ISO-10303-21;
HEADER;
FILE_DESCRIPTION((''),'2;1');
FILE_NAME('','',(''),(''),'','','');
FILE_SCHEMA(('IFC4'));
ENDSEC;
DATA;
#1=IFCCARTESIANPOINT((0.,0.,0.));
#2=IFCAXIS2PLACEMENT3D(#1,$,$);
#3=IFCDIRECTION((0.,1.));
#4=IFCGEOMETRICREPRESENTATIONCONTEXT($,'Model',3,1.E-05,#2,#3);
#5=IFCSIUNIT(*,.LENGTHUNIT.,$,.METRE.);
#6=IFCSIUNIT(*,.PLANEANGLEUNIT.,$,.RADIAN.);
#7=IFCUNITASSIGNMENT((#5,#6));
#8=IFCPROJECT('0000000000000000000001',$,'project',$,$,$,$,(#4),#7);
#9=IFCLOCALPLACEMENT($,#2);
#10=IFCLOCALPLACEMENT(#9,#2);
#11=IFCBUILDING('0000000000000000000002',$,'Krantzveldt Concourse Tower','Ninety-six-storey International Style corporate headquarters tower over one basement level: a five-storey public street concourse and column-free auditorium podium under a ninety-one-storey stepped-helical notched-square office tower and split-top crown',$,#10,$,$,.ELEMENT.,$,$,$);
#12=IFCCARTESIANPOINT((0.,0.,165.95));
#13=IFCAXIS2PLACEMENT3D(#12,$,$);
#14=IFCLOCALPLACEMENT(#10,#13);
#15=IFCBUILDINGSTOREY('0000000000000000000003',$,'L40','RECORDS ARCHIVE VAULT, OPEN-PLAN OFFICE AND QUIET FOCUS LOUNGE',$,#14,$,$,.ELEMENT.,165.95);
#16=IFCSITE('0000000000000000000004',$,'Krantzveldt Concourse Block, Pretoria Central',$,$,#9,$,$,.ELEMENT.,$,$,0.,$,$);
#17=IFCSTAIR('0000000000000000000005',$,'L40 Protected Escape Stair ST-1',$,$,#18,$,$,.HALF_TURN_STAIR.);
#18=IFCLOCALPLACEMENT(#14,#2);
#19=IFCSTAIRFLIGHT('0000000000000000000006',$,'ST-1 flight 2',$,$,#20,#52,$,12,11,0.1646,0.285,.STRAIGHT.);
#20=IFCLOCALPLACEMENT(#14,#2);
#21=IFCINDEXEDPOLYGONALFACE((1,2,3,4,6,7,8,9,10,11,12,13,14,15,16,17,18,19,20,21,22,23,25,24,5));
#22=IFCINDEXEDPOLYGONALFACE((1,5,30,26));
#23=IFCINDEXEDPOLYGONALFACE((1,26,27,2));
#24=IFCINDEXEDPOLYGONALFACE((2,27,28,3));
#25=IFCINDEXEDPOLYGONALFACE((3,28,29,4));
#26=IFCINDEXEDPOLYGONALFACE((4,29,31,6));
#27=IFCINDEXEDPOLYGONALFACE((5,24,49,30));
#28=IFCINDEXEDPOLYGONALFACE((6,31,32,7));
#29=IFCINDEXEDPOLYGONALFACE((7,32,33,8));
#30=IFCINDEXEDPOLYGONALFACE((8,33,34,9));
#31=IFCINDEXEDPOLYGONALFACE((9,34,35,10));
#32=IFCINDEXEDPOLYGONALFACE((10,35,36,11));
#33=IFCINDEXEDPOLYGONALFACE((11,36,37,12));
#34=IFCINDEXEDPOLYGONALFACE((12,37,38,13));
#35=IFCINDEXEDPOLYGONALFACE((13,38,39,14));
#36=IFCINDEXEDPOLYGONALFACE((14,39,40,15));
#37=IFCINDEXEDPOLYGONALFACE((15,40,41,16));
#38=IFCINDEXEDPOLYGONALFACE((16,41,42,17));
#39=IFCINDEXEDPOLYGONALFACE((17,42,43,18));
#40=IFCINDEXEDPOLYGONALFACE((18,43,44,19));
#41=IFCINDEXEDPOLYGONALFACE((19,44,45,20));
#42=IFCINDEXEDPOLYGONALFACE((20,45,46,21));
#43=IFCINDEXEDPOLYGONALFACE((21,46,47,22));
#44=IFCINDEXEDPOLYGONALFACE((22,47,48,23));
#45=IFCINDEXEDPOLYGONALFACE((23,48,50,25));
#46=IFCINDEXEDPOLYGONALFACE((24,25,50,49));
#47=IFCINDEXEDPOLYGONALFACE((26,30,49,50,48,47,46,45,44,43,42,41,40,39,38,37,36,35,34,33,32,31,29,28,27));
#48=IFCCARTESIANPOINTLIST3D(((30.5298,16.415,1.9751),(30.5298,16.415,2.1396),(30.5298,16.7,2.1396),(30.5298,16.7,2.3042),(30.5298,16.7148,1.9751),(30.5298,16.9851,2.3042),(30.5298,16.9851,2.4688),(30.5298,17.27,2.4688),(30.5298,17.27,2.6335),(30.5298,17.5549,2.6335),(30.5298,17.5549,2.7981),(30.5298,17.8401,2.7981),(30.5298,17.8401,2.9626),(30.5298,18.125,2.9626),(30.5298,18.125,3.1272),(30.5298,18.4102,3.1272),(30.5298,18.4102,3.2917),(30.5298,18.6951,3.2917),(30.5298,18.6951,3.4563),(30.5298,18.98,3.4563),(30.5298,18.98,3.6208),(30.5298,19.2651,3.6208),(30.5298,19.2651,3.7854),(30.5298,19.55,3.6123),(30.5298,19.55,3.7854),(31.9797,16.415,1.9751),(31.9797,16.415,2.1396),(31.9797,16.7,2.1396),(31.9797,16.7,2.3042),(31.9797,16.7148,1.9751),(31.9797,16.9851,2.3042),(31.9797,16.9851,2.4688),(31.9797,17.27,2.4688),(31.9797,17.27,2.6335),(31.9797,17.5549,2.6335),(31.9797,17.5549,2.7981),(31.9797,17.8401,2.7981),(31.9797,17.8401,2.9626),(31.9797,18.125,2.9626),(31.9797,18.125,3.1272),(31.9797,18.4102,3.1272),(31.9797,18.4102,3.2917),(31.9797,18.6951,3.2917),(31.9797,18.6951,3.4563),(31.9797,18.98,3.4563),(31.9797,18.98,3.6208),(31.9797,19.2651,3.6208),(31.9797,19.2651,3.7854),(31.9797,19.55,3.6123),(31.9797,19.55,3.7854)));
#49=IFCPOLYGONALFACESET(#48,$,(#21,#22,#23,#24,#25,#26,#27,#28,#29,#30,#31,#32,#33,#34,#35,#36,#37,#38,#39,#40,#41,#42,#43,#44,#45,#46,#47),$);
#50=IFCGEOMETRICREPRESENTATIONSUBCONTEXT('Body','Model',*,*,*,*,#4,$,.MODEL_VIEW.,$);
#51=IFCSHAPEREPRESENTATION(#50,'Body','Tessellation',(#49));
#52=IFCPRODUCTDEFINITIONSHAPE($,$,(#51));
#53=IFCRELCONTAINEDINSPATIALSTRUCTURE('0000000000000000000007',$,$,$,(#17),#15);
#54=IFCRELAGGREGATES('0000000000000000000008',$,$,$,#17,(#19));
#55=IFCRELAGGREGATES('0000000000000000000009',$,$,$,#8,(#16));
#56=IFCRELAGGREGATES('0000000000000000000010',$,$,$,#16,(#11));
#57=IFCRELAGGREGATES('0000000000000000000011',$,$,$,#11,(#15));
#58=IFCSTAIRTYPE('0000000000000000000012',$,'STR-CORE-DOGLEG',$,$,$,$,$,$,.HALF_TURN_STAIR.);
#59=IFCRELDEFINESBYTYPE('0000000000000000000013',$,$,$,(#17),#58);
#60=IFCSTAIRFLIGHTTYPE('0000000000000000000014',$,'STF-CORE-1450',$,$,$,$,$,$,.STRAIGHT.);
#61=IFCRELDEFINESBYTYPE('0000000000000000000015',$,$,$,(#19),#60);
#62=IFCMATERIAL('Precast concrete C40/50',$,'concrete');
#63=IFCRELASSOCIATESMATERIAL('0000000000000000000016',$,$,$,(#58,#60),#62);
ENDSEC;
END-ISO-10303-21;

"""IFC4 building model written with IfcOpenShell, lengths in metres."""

from ifc_helpers import new_model, si_unit, direction, frame, origin, place, context, subcontext, project, spatial, polyline, outline, extrude, material, type_object, element, aggregate, save


model = new_model("IFC4")

# Units and contexts
model_context = context("Model", 3, precision=1e-05, world=origin(), true_north=direction((0.0, 1.0)))
body_context = subcontext(model_context, "Body", "Model", "MODEL_VIEW")
ifc_project = project(units=[si_unit("LENGTHUNIT", "METRE"), si_unit("PLANEANGLEUNIT", "RADIAN")], contexts=[model_context])

# Site, building, storey
site_placement = place(None, origin())
site = spatial("IfcSite", under=ifc_project, at=site_placement, Name="Krantzveldt Concourse Block, Pretoria Central", CompositionType="ELEMENT", RefElevation=0.0)
building_placement = place(site_placement, origin())
building = spatial("IfcBuilding", under=site, at=building_placement, Name="Krantzveldt Concourse Tower", Description="Ninety-six-storey International Style corporate headquarters tower over one basement level: a five-storey public street concourse and column-free auditorium podium under a ninety-one-storey stepped-helical notched-square office tower and split-top crown", CompositionType="ELEMENT")
storey_placement = place(building_placement, frame((0.0, 0.0, 165.95)))
storey = spatial("IfcBuildingStorey", under=building, at=storey_placement, Name="L40", Description="RECORDS ARCHIVE VAULT, OPEN-PLAN OFFICE AND QUIET FOCUS LOUNGE", CompositionType="ELEMENT", Elevation=165.95)

# Stair, stair flight
ifc_material_1 = material(Name="Precast concrete C40/50", Category="concrete")
stair_type = type_object("IfcStairType", Name="STR-CORE-DOGLEG", PredefinedType="HALF_TURN_STAIR", material=ifc_material_1)
stair_placement = place(storey_placement, origin())
stair = element("IfcStair", 1, at=stair_placement, inside=storey, type_object=stair_type, Name="L40 Protected Escape Stair ST-1", PredefinedType="HALF_TURN_STAIR")
stair_flight_type = type_object("IfcStairFlightType", Name="STF-CORE-1450", PredefinedType="STRAIGHT", material=ifc_material_1)
stair_flight_1_placement = place(storey_placement, frame((31.2549, 16.415, 1.9751), z_axis=(0.0, 0.0, 1.0), x_axis=(0.0, 1.0, 0.0)))
stair_flight_1 = element("IfcStairFlight", 2, at=stair_flight_1_placement, type_object=stair_flight_type, Name="ST-1 flight 2", NumberOfRisers=12, NumberOfTreads=11, PredefinedType="STRAIGHT", RiserHeight=0.1646, TreadLength=0.285, context=body_context, shape_type="SweptSolid", body=[
    extrude(outline(polyline([(0.0, 0.0), (0.0, 0.1646), (0.2849, 0.1646), (0.2849, 0.3291), (0.5701, 0.3291), (0.5701, 0.4937), (0.855, 0.4937), (0.855, 0.6584), (1.1399, 0.6584), (1.1399, 0.823), (1.425, 0.823), (1.425, 0.9875), (1.71, 0.9875), (1.71, 1.1521), (1.9951, 1.1521), (1.9951, 1.3167), (2.28, 1.3167), (2.28, 1.4812), (2.5649, 1.4812), (2.5649, 1.6458), (2.8501, 1.6458), (2.8501, 1.8103), (3.135, 1.8103), (3.135, 1.9751), (3.135, 1.6372), (0.2998, 0.0), (0.0, 0.0)])), frame((0.0, 0.7251, 0.0), z_axis=(0.0, -1.0, 0.0), x_axis=(1.0, 0.0, 0.0)), (0.0, 0.0, 1.0), 1.45),
])
aggregate(stair, [stair_flight_1])

save(model, "model.ifc")
